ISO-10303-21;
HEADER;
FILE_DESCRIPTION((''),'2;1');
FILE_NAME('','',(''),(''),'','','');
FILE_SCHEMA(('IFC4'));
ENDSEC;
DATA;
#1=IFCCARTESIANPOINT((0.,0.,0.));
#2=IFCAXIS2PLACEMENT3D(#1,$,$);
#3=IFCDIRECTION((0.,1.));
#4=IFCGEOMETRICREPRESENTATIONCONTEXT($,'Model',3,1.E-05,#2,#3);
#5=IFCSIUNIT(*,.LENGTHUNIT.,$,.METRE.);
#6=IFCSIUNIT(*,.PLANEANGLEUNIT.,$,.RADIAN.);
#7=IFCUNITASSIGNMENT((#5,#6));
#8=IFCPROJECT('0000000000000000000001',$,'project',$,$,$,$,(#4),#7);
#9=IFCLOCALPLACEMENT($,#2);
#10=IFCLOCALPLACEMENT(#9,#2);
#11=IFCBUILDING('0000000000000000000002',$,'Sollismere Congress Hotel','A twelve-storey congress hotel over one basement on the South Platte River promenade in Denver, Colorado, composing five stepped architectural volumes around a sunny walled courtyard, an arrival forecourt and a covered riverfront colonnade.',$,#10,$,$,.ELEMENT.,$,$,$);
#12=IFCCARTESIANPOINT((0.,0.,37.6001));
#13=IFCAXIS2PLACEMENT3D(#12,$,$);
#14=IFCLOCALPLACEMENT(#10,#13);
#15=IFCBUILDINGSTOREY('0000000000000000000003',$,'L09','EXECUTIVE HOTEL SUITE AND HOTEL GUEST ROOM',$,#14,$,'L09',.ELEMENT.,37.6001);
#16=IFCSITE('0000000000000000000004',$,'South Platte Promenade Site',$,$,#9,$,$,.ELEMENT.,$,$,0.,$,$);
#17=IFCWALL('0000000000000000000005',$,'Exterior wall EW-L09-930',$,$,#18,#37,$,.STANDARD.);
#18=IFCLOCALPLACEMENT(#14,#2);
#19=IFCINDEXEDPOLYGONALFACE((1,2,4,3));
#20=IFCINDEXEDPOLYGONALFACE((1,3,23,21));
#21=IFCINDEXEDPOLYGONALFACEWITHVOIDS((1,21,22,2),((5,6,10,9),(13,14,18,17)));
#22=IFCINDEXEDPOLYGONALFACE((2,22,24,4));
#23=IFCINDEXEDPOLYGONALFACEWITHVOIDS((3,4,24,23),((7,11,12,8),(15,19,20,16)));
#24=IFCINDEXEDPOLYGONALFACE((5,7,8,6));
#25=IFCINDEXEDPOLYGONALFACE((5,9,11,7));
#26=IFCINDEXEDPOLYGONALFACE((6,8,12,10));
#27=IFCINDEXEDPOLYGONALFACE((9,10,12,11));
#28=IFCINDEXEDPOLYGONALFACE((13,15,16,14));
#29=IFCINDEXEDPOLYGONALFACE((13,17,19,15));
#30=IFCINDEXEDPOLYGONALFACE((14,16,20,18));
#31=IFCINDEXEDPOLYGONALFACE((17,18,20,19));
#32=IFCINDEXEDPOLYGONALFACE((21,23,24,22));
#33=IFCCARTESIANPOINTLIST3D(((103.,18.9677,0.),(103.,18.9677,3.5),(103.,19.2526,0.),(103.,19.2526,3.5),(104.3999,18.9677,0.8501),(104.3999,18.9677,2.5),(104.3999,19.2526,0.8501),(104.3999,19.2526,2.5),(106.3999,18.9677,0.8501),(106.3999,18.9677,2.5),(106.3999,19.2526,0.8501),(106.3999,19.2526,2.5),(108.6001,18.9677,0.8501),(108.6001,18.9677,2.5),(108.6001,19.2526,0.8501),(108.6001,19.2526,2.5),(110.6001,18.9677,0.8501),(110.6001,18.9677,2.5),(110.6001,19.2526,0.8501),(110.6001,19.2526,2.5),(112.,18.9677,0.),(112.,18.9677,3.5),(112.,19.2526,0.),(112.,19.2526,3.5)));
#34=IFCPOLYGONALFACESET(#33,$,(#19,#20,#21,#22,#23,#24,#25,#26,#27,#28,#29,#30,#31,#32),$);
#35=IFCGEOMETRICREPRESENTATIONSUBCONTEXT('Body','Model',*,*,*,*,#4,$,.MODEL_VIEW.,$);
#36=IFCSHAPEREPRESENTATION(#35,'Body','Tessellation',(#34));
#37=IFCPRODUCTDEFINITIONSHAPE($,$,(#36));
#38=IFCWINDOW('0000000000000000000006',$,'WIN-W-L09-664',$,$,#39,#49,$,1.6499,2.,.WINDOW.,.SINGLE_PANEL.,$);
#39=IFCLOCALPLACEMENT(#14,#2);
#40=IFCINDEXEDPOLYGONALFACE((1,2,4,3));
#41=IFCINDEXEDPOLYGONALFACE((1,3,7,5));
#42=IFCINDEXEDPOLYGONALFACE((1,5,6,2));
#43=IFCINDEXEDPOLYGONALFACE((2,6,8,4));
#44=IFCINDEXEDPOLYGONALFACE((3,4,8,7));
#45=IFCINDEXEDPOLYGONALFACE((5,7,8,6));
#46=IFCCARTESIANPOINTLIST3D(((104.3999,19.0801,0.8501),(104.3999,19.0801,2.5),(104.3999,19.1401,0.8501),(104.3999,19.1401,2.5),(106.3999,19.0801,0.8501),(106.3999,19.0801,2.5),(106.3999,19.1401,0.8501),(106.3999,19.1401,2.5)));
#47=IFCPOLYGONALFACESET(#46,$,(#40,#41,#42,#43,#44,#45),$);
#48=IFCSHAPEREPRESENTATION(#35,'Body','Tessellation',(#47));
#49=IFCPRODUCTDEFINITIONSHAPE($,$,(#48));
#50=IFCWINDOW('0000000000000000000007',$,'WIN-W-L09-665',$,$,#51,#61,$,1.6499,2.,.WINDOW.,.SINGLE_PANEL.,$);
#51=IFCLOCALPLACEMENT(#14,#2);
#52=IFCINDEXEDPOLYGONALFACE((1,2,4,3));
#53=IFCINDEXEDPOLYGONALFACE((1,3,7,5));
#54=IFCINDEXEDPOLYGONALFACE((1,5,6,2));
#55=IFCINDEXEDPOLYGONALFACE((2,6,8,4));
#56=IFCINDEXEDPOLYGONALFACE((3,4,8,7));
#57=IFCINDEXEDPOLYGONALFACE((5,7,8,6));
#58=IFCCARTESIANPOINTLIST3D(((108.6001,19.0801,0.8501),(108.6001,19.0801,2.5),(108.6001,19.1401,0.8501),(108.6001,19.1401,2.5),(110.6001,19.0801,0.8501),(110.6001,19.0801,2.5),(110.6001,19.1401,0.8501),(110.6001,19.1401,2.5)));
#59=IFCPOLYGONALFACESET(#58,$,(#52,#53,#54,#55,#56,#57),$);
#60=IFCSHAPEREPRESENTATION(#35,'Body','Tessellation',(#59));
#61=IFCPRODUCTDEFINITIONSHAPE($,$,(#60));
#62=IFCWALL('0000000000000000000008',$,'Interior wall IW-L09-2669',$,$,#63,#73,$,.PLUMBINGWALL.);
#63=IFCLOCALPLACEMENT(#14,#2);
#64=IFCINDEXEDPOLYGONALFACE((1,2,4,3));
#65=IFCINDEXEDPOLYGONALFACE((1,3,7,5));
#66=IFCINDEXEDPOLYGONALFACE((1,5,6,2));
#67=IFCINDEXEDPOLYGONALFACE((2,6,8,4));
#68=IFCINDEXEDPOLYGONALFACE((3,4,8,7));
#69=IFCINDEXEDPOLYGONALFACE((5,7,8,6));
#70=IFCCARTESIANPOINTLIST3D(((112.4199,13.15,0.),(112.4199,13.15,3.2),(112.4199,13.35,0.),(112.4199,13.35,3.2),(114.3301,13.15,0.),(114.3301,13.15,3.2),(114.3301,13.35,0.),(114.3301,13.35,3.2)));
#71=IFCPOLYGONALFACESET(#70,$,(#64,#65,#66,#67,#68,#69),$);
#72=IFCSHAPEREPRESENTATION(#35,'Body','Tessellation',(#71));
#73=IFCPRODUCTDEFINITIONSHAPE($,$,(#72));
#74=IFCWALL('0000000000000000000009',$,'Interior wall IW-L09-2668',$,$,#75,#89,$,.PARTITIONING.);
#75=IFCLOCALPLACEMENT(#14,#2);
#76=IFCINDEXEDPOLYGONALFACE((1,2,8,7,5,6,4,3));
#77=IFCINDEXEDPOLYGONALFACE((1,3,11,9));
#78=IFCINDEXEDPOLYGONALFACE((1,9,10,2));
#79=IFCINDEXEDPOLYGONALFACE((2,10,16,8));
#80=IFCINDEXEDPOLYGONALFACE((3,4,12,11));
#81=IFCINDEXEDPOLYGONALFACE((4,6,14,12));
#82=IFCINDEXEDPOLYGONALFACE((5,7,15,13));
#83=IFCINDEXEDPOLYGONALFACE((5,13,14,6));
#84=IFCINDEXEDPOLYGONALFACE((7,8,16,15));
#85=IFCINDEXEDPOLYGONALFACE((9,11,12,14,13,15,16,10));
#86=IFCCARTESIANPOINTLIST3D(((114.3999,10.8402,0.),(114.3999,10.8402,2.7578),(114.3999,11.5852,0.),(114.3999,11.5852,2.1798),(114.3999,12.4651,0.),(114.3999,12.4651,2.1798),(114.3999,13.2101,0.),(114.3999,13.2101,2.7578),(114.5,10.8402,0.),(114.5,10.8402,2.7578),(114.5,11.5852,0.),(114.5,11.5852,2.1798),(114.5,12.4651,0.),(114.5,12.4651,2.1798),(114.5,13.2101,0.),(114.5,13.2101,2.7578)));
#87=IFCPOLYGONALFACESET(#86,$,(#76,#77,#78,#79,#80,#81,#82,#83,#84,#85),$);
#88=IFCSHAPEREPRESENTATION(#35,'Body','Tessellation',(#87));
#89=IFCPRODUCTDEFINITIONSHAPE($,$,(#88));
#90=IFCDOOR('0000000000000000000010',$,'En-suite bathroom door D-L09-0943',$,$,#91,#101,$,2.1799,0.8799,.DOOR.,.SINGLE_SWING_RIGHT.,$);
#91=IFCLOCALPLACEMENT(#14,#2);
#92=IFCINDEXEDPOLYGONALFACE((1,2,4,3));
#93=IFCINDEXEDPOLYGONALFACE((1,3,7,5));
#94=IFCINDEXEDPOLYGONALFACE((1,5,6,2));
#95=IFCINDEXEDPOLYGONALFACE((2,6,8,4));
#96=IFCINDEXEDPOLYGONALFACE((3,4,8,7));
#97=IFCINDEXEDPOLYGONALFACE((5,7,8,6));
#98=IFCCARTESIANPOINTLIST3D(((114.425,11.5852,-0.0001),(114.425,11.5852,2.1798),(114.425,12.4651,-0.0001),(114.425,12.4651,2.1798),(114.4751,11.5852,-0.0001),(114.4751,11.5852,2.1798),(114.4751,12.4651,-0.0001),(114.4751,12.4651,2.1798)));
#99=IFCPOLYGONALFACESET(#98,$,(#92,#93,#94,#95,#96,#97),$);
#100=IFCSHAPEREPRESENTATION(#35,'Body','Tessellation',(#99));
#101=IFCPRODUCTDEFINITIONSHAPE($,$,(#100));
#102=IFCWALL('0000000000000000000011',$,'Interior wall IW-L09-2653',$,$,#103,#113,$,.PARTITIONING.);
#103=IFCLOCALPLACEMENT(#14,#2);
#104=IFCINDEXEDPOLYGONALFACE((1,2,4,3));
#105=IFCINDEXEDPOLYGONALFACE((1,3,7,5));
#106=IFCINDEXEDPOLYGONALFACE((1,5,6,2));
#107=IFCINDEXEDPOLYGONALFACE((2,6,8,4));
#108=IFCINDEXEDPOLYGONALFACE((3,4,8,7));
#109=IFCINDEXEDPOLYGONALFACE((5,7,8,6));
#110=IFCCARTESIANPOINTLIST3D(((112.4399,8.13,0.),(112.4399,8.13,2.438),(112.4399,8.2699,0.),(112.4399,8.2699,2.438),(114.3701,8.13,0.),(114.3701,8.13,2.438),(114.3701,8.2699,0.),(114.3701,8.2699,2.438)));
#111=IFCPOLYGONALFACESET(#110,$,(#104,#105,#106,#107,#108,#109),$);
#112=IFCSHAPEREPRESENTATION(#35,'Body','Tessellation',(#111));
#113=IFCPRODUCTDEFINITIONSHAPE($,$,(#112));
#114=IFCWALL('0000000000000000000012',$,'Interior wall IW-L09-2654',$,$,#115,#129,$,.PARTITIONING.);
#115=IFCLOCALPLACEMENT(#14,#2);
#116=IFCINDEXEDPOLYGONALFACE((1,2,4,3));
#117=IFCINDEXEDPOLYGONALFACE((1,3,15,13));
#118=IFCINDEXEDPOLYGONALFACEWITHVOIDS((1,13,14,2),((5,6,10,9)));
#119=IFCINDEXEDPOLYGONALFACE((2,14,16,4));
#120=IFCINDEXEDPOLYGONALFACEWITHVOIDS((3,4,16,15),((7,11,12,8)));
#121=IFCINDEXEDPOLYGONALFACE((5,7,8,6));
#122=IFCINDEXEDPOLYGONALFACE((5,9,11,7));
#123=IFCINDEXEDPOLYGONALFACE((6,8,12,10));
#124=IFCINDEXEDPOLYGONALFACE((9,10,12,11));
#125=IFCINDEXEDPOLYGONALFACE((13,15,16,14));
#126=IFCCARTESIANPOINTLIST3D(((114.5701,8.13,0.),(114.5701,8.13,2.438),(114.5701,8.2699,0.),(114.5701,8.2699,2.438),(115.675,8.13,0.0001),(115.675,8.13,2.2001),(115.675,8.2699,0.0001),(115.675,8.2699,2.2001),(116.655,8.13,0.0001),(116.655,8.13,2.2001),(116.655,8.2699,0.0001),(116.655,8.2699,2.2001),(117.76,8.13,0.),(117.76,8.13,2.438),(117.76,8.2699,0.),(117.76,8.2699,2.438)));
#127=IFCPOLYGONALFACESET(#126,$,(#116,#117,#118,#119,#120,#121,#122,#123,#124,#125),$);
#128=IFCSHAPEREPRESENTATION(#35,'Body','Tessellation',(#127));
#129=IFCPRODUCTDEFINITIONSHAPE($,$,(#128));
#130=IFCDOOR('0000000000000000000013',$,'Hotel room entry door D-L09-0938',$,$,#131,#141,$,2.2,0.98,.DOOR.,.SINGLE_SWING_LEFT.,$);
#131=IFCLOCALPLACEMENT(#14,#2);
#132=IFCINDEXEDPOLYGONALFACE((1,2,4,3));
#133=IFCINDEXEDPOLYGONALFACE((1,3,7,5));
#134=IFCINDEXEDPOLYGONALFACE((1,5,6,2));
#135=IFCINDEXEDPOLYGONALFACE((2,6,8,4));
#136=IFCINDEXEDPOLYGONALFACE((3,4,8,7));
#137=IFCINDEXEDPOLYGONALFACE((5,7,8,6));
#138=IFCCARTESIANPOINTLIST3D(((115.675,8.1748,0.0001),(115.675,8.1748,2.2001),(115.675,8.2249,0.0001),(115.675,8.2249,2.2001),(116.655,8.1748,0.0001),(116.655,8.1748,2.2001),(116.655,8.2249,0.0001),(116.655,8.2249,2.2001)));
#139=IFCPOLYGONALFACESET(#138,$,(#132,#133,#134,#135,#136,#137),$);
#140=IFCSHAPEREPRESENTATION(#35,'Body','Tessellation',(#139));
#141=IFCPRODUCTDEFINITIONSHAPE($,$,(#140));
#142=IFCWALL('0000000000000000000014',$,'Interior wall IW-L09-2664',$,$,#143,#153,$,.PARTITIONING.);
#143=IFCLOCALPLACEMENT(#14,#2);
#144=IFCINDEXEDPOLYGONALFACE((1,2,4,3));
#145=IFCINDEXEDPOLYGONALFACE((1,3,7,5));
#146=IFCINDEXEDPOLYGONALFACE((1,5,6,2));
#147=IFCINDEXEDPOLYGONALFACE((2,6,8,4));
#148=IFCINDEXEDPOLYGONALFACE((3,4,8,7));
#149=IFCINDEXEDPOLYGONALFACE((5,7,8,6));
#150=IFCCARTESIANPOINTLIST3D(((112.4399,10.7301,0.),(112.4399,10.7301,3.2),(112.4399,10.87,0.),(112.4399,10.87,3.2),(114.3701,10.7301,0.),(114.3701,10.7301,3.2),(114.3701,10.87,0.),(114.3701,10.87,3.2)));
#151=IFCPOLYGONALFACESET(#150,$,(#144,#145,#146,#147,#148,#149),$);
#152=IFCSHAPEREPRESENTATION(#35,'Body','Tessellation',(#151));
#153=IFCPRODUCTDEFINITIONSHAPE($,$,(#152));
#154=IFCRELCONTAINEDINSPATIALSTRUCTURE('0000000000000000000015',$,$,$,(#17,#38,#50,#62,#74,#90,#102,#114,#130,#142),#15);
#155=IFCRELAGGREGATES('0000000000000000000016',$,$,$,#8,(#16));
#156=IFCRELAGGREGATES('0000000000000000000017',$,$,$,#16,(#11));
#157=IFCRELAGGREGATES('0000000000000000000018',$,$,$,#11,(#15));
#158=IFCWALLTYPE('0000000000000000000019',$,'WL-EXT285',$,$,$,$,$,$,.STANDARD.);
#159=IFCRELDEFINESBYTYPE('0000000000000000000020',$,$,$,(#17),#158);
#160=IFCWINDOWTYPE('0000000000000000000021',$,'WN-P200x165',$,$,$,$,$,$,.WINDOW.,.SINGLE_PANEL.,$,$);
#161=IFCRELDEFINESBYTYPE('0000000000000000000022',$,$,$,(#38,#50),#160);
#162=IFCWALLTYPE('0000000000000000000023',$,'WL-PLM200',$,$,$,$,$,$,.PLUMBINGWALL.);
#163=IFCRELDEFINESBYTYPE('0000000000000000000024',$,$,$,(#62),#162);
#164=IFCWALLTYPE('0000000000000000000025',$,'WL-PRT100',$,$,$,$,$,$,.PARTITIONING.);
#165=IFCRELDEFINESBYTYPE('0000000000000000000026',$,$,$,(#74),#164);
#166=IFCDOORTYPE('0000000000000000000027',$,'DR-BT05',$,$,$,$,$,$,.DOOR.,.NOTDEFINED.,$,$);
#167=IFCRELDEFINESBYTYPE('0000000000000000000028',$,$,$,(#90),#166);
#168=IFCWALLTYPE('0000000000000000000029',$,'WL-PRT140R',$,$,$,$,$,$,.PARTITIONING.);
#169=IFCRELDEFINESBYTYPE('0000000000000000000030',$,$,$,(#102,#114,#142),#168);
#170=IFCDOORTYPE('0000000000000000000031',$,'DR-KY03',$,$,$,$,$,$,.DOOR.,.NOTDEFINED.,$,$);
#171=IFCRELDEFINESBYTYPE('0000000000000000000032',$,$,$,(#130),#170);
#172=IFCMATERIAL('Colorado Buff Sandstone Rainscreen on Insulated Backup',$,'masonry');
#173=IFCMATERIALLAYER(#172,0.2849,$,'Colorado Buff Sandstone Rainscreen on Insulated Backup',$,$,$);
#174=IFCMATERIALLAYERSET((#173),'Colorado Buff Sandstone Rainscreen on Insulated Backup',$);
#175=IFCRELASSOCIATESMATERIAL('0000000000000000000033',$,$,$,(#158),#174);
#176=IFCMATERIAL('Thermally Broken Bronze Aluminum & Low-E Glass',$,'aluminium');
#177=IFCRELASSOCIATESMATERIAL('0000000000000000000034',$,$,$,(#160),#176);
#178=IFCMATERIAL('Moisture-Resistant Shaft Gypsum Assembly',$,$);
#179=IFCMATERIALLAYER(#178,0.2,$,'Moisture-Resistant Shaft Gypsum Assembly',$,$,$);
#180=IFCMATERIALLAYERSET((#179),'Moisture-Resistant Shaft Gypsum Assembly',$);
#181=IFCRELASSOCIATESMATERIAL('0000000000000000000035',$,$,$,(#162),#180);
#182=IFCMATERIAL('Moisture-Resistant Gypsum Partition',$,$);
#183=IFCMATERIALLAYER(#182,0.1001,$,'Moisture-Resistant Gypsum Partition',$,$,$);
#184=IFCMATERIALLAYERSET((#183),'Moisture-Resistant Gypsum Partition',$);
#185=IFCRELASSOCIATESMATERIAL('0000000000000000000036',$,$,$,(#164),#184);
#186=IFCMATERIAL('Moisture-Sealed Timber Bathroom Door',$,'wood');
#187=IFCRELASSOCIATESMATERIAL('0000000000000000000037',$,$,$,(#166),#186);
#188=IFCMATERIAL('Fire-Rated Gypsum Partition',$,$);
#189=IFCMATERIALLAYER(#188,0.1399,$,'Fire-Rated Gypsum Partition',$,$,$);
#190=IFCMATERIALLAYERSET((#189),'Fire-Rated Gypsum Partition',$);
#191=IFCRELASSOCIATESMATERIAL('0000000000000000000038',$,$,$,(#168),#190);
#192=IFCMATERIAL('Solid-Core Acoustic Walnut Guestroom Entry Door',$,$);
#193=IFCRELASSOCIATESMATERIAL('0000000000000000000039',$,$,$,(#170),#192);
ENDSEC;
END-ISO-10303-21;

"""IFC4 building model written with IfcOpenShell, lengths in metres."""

from ifc_helpers import new_model, si_unit, direction, frame, frame_2d, origin, place, context, subcontext, project, spatial, rectangle, extrude, material, layer, layer_set, type_object, element, fill, save


model = new_model("IFC4")

# Units and contexts
model_context = context("Model", 3, precision=1e-05, world=origin(), true_north=direction((0.0, 1.0)))
body_context = subcontext(model_context, "Body", "Model", "MODEL_VIEW")
ifc_project = project(units=[si_unit("LENGTHUNIT", "METRE"), si_unit("PLANEANGLEUNIT", "RADIAN")], contexts=[model_context])

# Site, building, storey
site_placement = place(None, origin())
site = spatial("IfcSite", under=ifc_project, at=site_placement, Name="South Platte Promenade Site", CompositionType="ELEMENT", RefElevation=0.0)
building_placement = place(site_placement, origin())
building = spatial("IfcBuilding", under=site, at=building_placement, Name="Sollismere Congress Hotel", Description="A twelve-storey congress hotel over one basement on the South Platte River promenade in Denver, Colorado, composing five stepped architectural volumes around a sunny walled courtyard, an arrival forecourt and a covered riverfront colonnade.", CompositionType="ELEMENT")
storey_placement = place(building_placement, frame((0.0, 0.0, 37.6001)))
storey = spatial("IfcBuildingStorey", under=building, at=storey_placement, Name="L09", Description="EXECUTIVE HOTEL SUITE AND HOTEL GUEST ROOM", LongName="L09", CompositionType="ELEMENT", Elevation=37.6001)

# Wall, openings, windows
ifc_material_1 = material(Name="Colorado Buff Sandstone Rainscreen on Insulated Backup", Category="masonry")
ifc_layer_1 = layer(ifc_material_1, 0.2849, Name="Colorado Buff Sandstone Rainscreen on Insulated Backup")
ifc_layer_set_1 = layer_set([ifc_layer_1], Name="Colorado Buff Sandstone Rainscreen on Insulated Backup")
wall_type_1 = type_object("IfcWallType", Name="WL-EXT285", PredefinedType="STANDARD", material=ifc_layer_set_1)
wall_1_placement = place(storey_placement, frame((112.0, 19.1101, 0.0), z_axis=(0.0, 0.0, 1.0), x_axis=(-1.0, 0.0, 0.0)))
wall_1 = element("IfcWall", 1, at=wall_1_placement, inside=storey, type_object=wall_type_1, Name="Exterior wall EW-L09-930", PredefinedType="STANDARD", context=body_context, shape_type="SweptSolid", body=[
    extrude(rectangle(XDim=9.0, YDim=0.2849, at=frame_2d((4.5, 0.0))), origin(), (0.0, 0.0, 1.0), 3.5),
])
opening_1_placement = place(wall_1_placement, frame((5.6001, 0.0, 0.8501)))
opening_1 = element("IfcOpeningElement", 2, at=opening_1_placement, cuts=wall_1, PredefinedType="OPENING", context=body_context, shape_type="SweptSolid", body=[
    extrude(rectangle(XDim=2.0, YDim=1.6499, at=frame_2d((1.0, 0.825))), frame((0.0, 0.1523, 0.0), z_axis=(0.0, -1.0, 0.0), x_axis=(1.0, 0.0, 0.0)), (0.0, 0.0, 1.0), 0.3049),
])
opening_2_placement = place(wall_1_placement, frame((1.3999, 0.0, 0.8501)))
opening_2 = element("IfcOpeningElement", 3, at=opening_2_placement, cuts=wall_1, PredefinedType="OPENING", context=body_context, shape_type="SweptSolid", body=[
    extrude(rectangle(XDim=2.0, YDim=1.6499, at=frame_2d((1.0, 0.825))), frame((0.0, 0.1523, 0.0), z_axis=(0.0, -1.0, 0.0), x_axis=(1.0, 0.0, 0.0)), (0.0, 0.0, 1.0), 0.3049),
])
ifc_material_2 = material(Name="Thermally Broken Bronze Aluminum & Low-E Glass", Category="aluminium")
window_type = type_object("IfcWindowType", Name="WN-P200x165", PartitioningType="SINGLE_PANEL", PredefinedType="WINDOW", material=ifc_material_2)
window_1_placement = place(opening_1_placement, origin())
window_1 = element("IfcWindow", 4, at=window_1_placement, inside=storey, type_object=window_type, Name="WIN-W-L09-664", OverallHeight=1.6499, OverallWidth=2.0, PartitioningType="SINGLE_PANEL", PredefinedType="WINDOW", context=body_context, shape_type="SweptSolid", body=[
    extrude(rectangle(XDim=2.0, YDim=1.6499, at=frame_2d((1.0, 0.825))), frame((0.0, 0.03, 0.0), z_axis=(0.0, -1.0, 0.0), x_axis=(1.0, 0.0, 0.0)), (0.0, 0.0, 1.0), 0.0601),
])
fill(opening_1, window_1)
window_2_placement = place(opening_2_placement, origin())
window_2 = element("IfcWindow", 5, at=window_2_placement, inside=storey, type_object=window_type, Name="WIN-W-L09-665", OverallHeight=1.6499, OverallWidth=2.0, PartitioningType="SINGLE_PANEL", PredefinedType="WINDOW", context=body_context, shape_type="SweptSolid", body=[
    extrude(rectangle(XDim=2.0, YDim=1.6499, at=frame_2d((1.0, 0.825))), frame((0.0, 0.03, 0.0), z_axis=(0.0, -1.0, 0.0), x_axis=(1.0, 0.0, 0.0)), (0.0, 0.0, 1.0), 0.0601),
])
fill(opening_2, window_2)

# Wall
ifc_material_3 = material(Name="Moisture-Resistant Shaft Gypsum Assembly")
ifc_layer_2 = layer(ifc_material_3, 0.2, Name="Moisture-Resistant Shaft Gypsum Assembly")
ifc_layer_set_2 = layer_set([ifc_layer_2], Name="Moisture-Resistant Shaft Gypsum Assembly")
wall_type_2 = type_object("IfcWallType", Name="WL-PLM200", PredefinedType="PLUMBINGWALL", material=ifc_layer_set_2)
wall_2_placement = place(storey_placement, frame((112.4199, 13.25, 0.0), z_axis=(0.0, 0.0, 1.0), x_axis=(1.0, 0.0, 0.0)))
element("IfcWall", 6, at=wall_2_placement, inside=storey, type_object=wall_type_2, Name="Interior wall IW-L09-2669", PredefinedType="PLUMBINGWALL", context=body_context, shape_type="SweptSolid", body=[
    extrude(rectangle(XDim=1.9102, YDim=0.2, at=frame_2d((0.9551, 0.0))), origin(), (0.0, 0.0, 1.0), 3.2),
])

# Wall, opening, door
ifc_material_4 = material(Name="Moisture-Resistant Gypsum Partition")
ifc_layer_3 = layer(ifc_material_4, 0.1001, Name="Moisture-Resistant Gypsum Partition")
ifc_layer_set_3 = layer_set([ifc_layer_3], Name="Moisture-Resistant Gypsum Partition")
wall_type_3 = type_object("IfcWallType", Name="WL-PRT100", PredefinedType="PARTITIONING", material=ifc_layer_set_3)
wall_3_placement = place(storey_placement, frame((114.45, 10.8401, 0.0), z_axis=(0.0, 0.0, 1.0), x_axis=(0.0, 1.0, 0.0)))
wall_3 = element("IfcWall", 7, at=wall_3_placement, inside=storey, type_object=wall_type_3, Name="Interior wall IW-L09-2668", PredefinedType="PARTITIONING", context=body_context, shape_type="SweptSolid", body=[
    extrude(rectangle(XDim=2.3699, YDim=0.1001, at=frame_2d((1.1851, 0.0))), origin(), (0.0, 0.0, 1.0), 2.7578),
])
opening_3_placement = place(wall_3_placement, frame((0.7451, 0.0, 0.0)))
opening_3 = element("IfcOpeningElement", 8, at=opening_3_placement, cuts=wall_3, PredefinedType="OPENING", context=body_context, shape_type="SweptSolid", body=[
    extrude(rectangle(XDim=0.8799, YDim=2.1799, at=frame_2d((0.4399, 1.0898))), frame((0.0, 0.0601, 0.0), z_axis=(0.0, -1.0, 0.0), x_axis=(1.0, 0.0, 0.0)), (0.0, 0.0, 1.0), 0.1201),
])
ifc_material_5 = material(Name="Moisture-Sealed Timber Bathroom Door", Category="wood")
door_type_1 = type_object("IfcDoorType", Name="DR-BT05", OperationType="NOTDEFINED", PredefinedType="DOOR", material=ifc_material_5)
door_1_placement = place(opening_3_placement, origin())
door_1 = element("IfcDoor", 9, at=door_1_placement, inside=storey, type_object=door_type_1, Name="En-suite bathroom door D-L09-0943", OperationType="SINGLE_SWING_RIGHT", OverallHeight=2.1799, OverallWidth=0.8799, PredefinedType="DOOR", context=body_context, shape_type="SweptSolid", body=[
    extrude(rectangle(XDim=0.8799, YDim=2.1799, at=frame_2d((0.4399, 1.0898))), frame((0.0, 0.0249, 0.0), z_axis=(0.0, -1.0, 0.0), x_axis=(1.0, 0.0, 0.0)), (0.0, 0.0, 1.0), 0.05),
])
fill(opening_3, door_1)

# Wall
ifc_material_6 = material(Name="Fire-Rated Gypsum Partition")
ifc_layer_4 = layer(ifc_material_6, 0.1399, Name="Fire-Rated Gypsum Partition")
ifc_layer_set_4 = layer_set([ifc_layer_4], Name="Fire-Rated Gypsum Partition")
wall_type_4 = type_object("IfcWallType", Name="WL-PRT140R", PredefinedType="PARTITIONING", material=ifc_layer_set_4)
wall_4_placement = place(storey_placement, frame((112.4399, 8.2, 0.0), z_axis=(0.0, 0.0, 1.0), x_axis=(1.0, 0.0, 0.0)))
element("IfcWall", 10, at=wall_4_placement, inside=storey, type_object=wall_type_4, Name="Interior wall IW-L09-2653", PredefinedType="PARTITIONING", context=body_context, shape_type="SweptSolid", body=[
    extrude(rectangle(XDim=1.9302, YDim=0.1399, at=frame_2d((0.9651, 0.0))), origin(), (0.0, 0.0, 1.0), 2.438),
])

# Wall, opening, door
wall_5_placement = place(storey_placement, frame((114.5701, 8.2, 0.0), z_axis=(0.0, 0.0, 1.0), x_axis=(1.0, 0.0, 0.0)))
wall_5 = element("IfcWall", 11, at=wall_5_placement, inside=storey, type_object=wall_type_4, Name="Interior wall IW-L09-2654", PredefinedType="PARTITIONING", context=body_context, shape_type="SweptSolid", body=[
    extrude(rectangle(XDim=3.1899, YDim=0.1399, at=frame_2d((1.595, 0.0))), origin(), (0.0, 0.0, 1.0), 2.438),
])
opening_4_placement = place(wall_5_placement, frame((1.105, 0.0, 0.0)))
opening_4 = element("IfcOpeningElement", 12, at=opening_4_placement, cuts=wall_5, PredefinedType="OPENING", context=body_context, shape_type="SweptSolid", body=[
    extrude(rectangle(XDim=0.98, YDim=2.2, at=frame_2d((0.49, 1.1001))), frame((0.0, 0.0798, 0.0), z_axis=(0.0, -1.0, 0.0), x_axis=(1.0, 0.0, 0.0)), (0.0, 0.0, 1.0), 0.1599),
])
ifc_material_7 = material(Name="Solid-Core Acoustic Walnut Guestroom Entry Door")
door_type_2 = type_object("IfcDoorType", Name="DR-KY03", OperationType="NOTDEFINED", PredefinedType="DOOR", material=ifc_material_7)
door_2_placement = place(opening_4_placement, origin())
door_2 = element("IfcDoor", 13, at=door_2_placement, inside=storey, type_object=door_type_2, Name="Hotel room entry door D-L09-0938", OperationType="SINGLE_SWING_LEFT", OverallHeight=2.2, OverallWidth=0.98, PredefinedType="DOOR", context=body_context, shape_type="SweptSolid", body=[
    extrude(rectangle(XDim=0.98, YDim=2.2, at=frame_2d((0.49, 1.1001))), frame((0.0, 0.0249, 0.0), z_axis=(0.0, -1.0, 0.0), x_axis=(1.0, 0.0, 0.0)), (0.0, 0.0, 1.0), 0.05),
])
fill(opening_4, door_2)

# Wall
wall_6_placement = place(storey_placement, frame((112.4399, 10.8, 0.0), z_axis=(0.0, 0.0, 1.0), x_axis=(1.0, 0.0, 0.0)))
element("IfcWall", 14, at=wall_6_placement, inside=storey, type_object=wall_type_4, Name="Interior wall IW-L09-2664", PredefinedType="PARTITIONING", context=body_context, shape_type="SweptSolid", body=[
    extrude(rectangle(XDim=1.9302, YDim=0.1399, at=frame_2d((0.9651, 0.0))), origin(), (0.0, 0.0, 1.0), 3.2),
])

save(model, "model.ifc")
